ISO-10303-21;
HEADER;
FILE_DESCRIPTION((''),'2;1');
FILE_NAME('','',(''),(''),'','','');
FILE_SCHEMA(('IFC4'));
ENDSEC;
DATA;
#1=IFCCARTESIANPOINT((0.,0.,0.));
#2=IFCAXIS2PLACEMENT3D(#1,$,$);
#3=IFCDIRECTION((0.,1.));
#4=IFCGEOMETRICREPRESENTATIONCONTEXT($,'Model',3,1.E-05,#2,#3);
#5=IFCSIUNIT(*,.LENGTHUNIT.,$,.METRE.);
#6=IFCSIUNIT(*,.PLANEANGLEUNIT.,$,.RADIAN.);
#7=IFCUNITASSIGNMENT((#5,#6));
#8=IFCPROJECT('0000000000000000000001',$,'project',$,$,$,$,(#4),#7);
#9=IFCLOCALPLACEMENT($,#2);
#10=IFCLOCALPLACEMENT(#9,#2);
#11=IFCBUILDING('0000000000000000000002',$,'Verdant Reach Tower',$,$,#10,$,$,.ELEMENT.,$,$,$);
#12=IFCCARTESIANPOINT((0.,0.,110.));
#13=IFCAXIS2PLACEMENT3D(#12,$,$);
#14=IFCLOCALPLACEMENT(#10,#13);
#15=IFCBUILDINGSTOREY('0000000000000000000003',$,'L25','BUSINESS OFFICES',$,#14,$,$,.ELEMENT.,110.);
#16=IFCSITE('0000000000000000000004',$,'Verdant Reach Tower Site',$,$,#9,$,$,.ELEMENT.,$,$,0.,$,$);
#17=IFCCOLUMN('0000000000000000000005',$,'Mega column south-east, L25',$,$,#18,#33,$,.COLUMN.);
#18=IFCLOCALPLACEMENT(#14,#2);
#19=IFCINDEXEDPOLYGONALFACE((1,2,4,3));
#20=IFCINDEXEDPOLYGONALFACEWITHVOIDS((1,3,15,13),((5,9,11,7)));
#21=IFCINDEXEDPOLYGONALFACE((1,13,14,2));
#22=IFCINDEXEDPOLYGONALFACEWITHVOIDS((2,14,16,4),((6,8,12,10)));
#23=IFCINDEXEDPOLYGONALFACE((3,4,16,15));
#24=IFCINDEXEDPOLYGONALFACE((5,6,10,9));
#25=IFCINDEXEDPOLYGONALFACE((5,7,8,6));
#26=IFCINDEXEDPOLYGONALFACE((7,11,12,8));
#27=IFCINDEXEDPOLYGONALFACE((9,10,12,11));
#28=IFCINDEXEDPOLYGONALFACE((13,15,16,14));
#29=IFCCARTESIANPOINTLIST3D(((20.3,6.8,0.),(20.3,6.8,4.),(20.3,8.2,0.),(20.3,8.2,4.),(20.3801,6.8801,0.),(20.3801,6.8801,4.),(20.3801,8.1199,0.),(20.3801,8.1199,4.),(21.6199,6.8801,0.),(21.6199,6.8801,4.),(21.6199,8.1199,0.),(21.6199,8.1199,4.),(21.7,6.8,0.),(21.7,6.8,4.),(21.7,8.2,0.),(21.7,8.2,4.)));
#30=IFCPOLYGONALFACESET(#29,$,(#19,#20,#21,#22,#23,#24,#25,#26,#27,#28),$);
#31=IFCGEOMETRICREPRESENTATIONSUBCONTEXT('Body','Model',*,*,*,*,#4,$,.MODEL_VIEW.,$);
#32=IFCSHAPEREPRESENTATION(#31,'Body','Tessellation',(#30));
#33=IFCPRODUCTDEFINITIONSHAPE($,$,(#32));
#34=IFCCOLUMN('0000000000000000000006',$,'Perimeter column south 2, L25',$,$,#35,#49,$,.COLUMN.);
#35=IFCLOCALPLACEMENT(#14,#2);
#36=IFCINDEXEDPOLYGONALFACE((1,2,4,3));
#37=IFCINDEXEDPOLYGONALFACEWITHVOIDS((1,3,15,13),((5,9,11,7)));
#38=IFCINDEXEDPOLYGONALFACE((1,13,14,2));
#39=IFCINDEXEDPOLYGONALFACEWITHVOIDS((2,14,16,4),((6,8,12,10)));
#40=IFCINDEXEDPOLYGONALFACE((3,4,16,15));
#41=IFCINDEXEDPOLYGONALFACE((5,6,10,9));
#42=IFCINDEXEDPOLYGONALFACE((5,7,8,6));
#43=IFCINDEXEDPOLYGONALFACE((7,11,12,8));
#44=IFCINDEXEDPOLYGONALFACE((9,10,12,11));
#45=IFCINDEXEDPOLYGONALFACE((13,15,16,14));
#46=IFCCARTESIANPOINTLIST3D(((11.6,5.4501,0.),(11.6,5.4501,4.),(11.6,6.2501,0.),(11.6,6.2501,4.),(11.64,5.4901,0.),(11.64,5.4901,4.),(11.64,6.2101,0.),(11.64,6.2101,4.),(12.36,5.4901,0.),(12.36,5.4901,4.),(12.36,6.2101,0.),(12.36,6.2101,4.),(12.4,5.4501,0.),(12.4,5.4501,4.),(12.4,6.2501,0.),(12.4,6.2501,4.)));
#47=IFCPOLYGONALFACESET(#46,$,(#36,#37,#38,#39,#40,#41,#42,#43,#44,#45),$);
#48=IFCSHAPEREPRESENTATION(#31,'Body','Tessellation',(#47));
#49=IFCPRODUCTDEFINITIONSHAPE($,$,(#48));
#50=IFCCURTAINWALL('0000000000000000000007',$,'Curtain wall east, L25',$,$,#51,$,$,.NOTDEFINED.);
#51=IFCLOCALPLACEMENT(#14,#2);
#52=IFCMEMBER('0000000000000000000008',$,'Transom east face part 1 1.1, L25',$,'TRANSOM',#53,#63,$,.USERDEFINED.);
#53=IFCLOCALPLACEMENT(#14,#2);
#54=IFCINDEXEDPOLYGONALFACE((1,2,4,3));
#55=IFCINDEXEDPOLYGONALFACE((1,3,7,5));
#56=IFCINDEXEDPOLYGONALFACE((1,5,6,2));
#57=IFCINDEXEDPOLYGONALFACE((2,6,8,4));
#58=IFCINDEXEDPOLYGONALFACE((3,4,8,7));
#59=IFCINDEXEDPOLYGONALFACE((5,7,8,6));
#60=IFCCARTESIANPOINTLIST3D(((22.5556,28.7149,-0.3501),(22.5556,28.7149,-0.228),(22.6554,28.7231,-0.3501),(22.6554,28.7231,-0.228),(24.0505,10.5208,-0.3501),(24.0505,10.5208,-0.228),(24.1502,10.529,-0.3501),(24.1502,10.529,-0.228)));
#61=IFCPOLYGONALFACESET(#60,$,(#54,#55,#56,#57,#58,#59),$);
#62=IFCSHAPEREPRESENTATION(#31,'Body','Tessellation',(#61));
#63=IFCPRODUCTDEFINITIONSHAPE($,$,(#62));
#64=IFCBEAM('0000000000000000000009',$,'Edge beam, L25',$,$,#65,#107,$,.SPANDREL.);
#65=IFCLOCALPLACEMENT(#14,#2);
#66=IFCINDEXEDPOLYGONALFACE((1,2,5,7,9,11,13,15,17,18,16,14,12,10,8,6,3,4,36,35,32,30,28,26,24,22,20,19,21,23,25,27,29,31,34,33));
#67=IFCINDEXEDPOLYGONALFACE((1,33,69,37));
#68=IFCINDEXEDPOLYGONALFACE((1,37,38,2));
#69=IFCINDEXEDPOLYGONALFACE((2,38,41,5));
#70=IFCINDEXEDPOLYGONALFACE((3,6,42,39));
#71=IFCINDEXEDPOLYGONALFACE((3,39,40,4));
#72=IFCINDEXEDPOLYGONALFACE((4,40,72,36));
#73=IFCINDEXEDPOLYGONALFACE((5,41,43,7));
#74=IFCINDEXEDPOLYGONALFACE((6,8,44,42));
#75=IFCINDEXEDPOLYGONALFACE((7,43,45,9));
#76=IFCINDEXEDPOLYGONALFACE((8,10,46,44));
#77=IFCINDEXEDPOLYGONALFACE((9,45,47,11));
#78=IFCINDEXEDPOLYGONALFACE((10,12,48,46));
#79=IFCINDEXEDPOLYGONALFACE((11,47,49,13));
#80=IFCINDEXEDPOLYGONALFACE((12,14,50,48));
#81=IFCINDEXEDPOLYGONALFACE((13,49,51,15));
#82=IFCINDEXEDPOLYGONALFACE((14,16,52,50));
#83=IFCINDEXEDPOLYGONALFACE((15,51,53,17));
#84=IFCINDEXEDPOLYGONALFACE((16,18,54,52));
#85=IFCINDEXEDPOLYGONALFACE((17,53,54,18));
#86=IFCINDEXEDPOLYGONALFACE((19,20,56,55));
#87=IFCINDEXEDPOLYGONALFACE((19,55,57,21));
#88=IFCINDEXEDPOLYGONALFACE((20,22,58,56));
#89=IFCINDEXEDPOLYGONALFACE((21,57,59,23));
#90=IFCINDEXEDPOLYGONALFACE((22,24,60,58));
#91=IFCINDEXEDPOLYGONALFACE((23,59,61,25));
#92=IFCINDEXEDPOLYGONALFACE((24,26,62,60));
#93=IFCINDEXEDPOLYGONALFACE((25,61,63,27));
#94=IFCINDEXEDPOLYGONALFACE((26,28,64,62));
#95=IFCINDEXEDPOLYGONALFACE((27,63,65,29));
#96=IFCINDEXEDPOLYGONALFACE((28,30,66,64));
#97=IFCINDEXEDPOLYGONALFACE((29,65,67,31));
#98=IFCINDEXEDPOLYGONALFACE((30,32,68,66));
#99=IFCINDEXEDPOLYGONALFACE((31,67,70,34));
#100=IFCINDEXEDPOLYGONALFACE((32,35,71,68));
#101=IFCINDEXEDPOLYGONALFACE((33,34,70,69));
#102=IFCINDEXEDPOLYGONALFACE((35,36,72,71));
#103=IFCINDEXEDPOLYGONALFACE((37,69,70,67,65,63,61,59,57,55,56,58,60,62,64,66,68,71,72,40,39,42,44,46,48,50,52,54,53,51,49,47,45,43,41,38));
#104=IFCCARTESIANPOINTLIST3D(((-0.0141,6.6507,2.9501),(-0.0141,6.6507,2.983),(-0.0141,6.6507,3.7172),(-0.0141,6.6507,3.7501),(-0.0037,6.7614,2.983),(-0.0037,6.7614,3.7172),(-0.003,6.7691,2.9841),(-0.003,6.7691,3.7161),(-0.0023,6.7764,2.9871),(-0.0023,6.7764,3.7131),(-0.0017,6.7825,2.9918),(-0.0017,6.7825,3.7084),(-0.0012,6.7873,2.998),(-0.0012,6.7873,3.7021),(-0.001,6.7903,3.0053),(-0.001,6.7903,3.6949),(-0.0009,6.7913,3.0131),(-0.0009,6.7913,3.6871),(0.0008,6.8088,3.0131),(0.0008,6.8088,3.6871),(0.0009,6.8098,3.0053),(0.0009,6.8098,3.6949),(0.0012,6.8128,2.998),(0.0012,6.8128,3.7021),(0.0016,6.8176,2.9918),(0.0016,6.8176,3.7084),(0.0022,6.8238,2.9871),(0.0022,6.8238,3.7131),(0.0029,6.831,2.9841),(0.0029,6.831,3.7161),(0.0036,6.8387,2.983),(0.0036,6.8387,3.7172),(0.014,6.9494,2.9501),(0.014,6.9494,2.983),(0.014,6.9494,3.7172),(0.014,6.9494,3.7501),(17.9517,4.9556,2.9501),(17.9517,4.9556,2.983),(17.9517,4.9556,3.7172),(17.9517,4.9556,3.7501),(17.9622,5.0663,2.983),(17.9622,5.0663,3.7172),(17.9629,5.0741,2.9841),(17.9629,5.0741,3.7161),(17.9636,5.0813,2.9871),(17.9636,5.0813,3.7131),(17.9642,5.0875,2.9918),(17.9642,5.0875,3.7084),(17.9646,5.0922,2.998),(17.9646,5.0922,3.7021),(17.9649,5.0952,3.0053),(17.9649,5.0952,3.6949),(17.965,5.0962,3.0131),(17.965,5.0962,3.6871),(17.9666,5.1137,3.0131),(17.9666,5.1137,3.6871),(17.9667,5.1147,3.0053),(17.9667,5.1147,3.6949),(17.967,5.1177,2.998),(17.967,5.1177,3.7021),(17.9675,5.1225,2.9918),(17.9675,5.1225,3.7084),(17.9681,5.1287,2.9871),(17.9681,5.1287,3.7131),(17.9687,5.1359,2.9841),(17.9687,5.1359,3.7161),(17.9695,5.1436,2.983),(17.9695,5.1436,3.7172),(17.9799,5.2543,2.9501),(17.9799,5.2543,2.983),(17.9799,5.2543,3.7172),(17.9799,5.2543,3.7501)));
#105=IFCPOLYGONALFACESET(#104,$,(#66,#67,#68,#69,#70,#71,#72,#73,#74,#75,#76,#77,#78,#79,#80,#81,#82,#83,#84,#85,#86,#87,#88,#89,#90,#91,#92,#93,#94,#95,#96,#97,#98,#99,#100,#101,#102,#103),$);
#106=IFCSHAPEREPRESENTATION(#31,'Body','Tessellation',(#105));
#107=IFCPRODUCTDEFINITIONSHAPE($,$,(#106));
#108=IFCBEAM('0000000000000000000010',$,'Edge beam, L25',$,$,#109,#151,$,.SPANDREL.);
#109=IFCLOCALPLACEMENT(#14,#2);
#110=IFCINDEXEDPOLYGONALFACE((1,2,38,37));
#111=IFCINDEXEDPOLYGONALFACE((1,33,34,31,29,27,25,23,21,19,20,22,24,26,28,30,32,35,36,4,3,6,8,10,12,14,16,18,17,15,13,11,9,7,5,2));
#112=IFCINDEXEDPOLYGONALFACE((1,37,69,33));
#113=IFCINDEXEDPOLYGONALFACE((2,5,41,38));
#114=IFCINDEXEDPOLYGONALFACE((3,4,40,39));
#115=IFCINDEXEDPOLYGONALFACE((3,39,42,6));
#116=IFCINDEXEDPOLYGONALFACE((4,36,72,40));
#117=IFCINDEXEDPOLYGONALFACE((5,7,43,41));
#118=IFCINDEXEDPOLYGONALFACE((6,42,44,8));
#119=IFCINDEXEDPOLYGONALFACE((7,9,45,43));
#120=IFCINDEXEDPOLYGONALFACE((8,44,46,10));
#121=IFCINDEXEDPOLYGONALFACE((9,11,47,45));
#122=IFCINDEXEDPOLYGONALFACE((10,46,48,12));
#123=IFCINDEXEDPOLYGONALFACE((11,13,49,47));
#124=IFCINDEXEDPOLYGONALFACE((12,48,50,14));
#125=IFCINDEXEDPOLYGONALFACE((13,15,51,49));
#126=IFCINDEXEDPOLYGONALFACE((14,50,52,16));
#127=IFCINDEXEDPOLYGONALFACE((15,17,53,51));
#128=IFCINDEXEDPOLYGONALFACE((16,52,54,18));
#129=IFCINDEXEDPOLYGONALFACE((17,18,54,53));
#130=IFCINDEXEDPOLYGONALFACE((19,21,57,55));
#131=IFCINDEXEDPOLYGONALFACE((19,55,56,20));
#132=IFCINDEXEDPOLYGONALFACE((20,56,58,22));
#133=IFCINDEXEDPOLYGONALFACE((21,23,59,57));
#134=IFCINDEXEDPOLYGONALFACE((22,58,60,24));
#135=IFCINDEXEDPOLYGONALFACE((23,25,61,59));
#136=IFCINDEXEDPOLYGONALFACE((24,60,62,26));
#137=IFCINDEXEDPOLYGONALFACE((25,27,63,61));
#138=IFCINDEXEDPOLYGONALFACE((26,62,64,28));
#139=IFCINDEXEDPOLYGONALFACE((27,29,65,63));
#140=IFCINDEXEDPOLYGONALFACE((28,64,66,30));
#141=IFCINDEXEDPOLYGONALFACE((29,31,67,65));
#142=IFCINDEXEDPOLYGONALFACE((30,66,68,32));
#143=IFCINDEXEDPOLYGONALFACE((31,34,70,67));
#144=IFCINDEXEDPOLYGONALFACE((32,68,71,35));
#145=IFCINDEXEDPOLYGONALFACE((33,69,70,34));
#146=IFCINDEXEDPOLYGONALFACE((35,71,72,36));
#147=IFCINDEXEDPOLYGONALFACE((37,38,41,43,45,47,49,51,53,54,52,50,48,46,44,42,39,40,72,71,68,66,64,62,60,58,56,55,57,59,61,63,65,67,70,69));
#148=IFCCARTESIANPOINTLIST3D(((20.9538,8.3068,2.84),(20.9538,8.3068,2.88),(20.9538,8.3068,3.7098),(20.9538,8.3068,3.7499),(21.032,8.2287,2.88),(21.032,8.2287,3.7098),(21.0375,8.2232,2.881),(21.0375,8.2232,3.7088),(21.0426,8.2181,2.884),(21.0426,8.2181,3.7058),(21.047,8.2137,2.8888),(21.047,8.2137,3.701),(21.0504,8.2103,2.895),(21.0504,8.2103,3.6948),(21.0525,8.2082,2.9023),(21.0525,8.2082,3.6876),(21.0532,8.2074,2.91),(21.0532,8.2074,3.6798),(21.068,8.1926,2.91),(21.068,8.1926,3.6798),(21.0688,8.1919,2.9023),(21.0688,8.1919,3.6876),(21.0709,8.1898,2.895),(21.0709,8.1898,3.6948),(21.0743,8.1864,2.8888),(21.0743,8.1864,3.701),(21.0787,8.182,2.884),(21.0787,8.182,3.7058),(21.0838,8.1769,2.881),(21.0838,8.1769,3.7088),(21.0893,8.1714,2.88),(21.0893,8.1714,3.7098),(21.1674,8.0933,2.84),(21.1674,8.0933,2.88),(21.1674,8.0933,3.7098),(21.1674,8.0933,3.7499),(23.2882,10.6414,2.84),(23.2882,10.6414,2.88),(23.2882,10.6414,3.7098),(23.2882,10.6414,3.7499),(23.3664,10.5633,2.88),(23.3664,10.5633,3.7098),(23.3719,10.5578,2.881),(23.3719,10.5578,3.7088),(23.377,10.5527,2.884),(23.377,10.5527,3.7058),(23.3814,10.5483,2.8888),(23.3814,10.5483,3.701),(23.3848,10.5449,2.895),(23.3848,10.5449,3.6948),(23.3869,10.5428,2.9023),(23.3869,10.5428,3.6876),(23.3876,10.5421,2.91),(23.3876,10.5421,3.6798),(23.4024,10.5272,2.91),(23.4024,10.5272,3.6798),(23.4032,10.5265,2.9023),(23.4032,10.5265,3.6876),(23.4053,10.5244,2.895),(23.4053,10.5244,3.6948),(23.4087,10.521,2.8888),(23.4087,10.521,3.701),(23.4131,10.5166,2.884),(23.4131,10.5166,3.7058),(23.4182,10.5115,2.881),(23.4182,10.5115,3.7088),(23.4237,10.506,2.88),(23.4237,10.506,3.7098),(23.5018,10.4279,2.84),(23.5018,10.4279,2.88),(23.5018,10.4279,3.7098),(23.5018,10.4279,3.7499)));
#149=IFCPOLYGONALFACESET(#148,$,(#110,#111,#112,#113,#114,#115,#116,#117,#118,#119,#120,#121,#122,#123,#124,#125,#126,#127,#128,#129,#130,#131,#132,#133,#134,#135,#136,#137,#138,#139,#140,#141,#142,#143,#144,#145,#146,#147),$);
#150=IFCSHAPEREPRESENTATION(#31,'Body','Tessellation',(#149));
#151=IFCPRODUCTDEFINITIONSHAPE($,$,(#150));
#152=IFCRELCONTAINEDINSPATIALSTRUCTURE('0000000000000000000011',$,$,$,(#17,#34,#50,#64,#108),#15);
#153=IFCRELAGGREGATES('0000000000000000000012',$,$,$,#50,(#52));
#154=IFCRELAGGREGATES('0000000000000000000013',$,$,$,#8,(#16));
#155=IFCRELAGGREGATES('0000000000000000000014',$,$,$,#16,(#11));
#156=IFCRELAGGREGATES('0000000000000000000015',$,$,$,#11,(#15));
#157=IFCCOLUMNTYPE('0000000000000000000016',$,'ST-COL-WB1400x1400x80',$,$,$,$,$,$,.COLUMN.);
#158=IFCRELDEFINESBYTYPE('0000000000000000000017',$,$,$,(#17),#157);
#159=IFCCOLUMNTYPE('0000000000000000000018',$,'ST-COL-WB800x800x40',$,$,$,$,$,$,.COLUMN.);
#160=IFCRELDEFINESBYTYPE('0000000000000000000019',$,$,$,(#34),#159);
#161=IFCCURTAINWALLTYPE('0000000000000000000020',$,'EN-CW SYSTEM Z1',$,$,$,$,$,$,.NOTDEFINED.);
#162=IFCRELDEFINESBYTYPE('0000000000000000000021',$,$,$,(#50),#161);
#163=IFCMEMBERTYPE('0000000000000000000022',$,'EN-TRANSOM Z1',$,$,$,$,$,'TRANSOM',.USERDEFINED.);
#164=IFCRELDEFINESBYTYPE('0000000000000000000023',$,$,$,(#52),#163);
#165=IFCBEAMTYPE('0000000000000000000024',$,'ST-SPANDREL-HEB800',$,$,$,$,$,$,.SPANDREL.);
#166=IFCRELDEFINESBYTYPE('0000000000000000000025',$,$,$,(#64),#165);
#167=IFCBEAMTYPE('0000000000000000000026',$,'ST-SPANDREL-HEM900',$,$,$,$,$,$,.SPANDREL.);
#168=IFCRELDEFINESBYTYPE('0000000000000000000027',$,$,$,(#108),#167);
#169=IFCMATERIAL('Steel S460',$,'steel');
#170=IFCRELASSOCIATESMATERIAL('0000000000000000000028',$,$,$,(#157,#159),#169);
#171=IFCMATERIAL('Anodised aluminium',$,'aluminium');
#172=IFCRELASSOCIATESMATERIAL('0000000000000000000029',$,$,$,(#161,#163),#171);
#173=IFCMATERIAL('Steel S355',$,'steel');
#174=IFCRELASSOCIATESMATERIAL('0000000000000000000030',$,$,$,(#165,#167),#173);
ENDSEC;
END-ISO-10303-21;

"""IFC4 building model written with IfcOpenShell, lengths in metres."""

from ifc_helpers import new_model, si_unit, direction, frame, origin, origin_2d, place, context, subcontext, project, spatial, rectangle, hollow_rectangle, i_section, extrude, material, material_profile, profile_set, type_object, element, aggregate, save


model = new_model("IFC4")

# Units and contexts
model_context = context("Model", 3, precision=1e-05, world=origin(), true_north=direction((0.0, 1.0)))
body_context = subcontext(model_context, "Body", "Model", "MODEL_VIEW")
ifc_project = project(units=[si_unit("LENGTHUNIT", "METRE"), si_unit("PLANEANGLEUNIT", "RADIAN")], contexts=[model_context])

# Site, building, storey
site_placement = place(None, origin())
site = spatial("IfcSite", under=ifc_project, at=site_placement, Name="Verdant Reach Tower Site", CompositionType="ELEMENT", RefElevation=0.0)
building_placement = place(site_placement, origin())
building = spatial("IfcBuilding", under=site, at=building_placement, Name="Verdant Reach Tower", CompositionType="ELEMENT")
storey_placement = place(building_placement, frame((0.0, 0.0, 110.0)))
storey = spatial("IfcBuildingStorey", under=building, at=storey_placement, Name="L25", Description="BUSINESS OFFICES", CompositionType="ELEMENT", Elevation=110.0)

# Columns
ifc_material_1 = material(Name="Steel S460", Category="steel")
ifc_material_profile_1 = material_profile(ifc_material_1, hollow_rectangle(XDim=1.3999, YDim=1.3999, WallThickness=0.0801, at=origin_2d()), Name="WB 1400x1400x80")
ifc_profile_set_1 = profile_set([ifc_material_profile_1], Name="Steel S460")
column_type_1 = type_object("IfcColumnType", Name="ST-COL-WB1400x1400x80", PredefinedType="COLUMN", material=ifc_profile_set_1)
column_1_placement = place(storey_placement, frame((21.0, 7.5, 0.0), z_axis=(0.0, 0.0, 1.0), x_axis=(1.0, 0.0, 0.0)))
element("IfcColumn", 1, at=column_1_placement, inside=storey, type_object=column_type_1, Name="Mega column south-east, L25", PredefinedType="COLUMN", context=body_context, shape_type="SweptSolid", body=[
    extrude(hollow_rectangle(XDim=1.3999, YDim=1.3999, WallThickness=0.0801, at=origin_2d()), origin(), (0.0, 0.0, 1.0), 4.0),
])
ifc_material_profile_2 = material_profile(ifc_material_1, hollow_rectangle(XDim=0.8, YDim=0.8, WallThickness=0.04, at=origin_2d()), Name="WB 800x800x40")
ifc_profile_set_2 = profile_set([ifc_material_profile_2], Name="Steel S460")
column_type_2 = type_object("IfcColumnType", Name="ST-COL-WB800x800x40", PredefinedType="COLUMN", material=ifc_profile_set_2)
column_2_placement = place(storey_placement, frame((12.0, 5.8501, 0.0), z_axis=(0.0, 0.0, 1.0), x_axis=(1.0, 0.0, 0.0)))
element("IfcColumn", 2, at=column_2_placement, inside=storey, type_object=column_type_2, Name="Perimeter column south 2, L25", PredefinedType="COLUMN", context=body_context, shape_type="SweptSolid", body=[
    extrude(hollow_rectangle(XDim=0.8, YDim=0.8, WallThickness=0.04, at=origin_2d()), origin(), (0.0, 0.0, 1.0), 4.0),
])

# Curtain wall, member
ifc_material_2 = material(Name="Anodised aluminium", Category="aluminium")
curtain_wall_type = type_object("IfcCurtainWallType", Name="EN-CW SYSTEM Z1", PredefinedType="NOTDEFINED", material=ifc_material_2)
curtain_wall_1_placement = place(storey_placement, origin())
curtain_wall_1 = element("IfcCurtainWall", 3, at=curtain_wall_1_placement, inside=storey, type_object=curtain_wall_type, Name="Curtain wall east, L25", PredefinedType="NOTDEFINED")
ifc_material_profile_3 = material_profile(ifc_material_2, rectangle(XDim=0.1001, YDim=0.1221, at=origin_2d()), Name="Transom 122x100")
ifc_profile_set_3 = profile_set([ifc_material_profile_3], Name="Anodised aluminium")
member_type = type_object("IfcMemberType", Name="EN-TRANSOM Z1", ElementType="TRANSOM", PredefinedType="USERDEFINED", material=ifc_profile_set_3)
member_placement = place(storey_placement, frame((24.1003, 10.5249, -0.2891), z_axis=(-0.081887, 0.996642, 0.0), x_axis=(-0.996642, -0.081887, 0.0)))
member = element("IfcMember", 4, at=member_placement, type_object=member_type, Name="Transom east face part 1 1.1, L25", ObjectType="TRANSOM", PredefinedType="USERDEFINED", context=body_context, shape_type="SweptSolid", body=[
    extrude(rectangle(XDim=0.1001, YDim=0.1221, at=origin_2d()), origin(), (0.0, 0.0, 1.0), 18.2554),
])

# Beams
ifc_material_3 = material(Name="Steel S355", Category="steel")
ifc_material_profile_4 = material_profile(ifc_material_3, i_section(OverallWidth=0.3, OverallDepth=0.8, WebThickness=0.0176, FlangeThickness=0.033, FilletRadius=0.03, at=origin_2d()), Name="HEB 800")
ifc_profile_set_4 = profile_set([ifc_material_profile_4], Name="Steel S355")
beam_type_1 = type_object("IfcBeamType", Name="ST-SPANDREL-HEB800", PredefinedType="SPANDREL", material=ifc_profile_set_4)
beam_1_placement = place(storey_placement, frame((17.9658, 5.105, 3.3501), z_axis=(-0.995579, 0.093932, 0.0), x_axis=(-0.093932, -0.995579, 0.0)))
element("IfcBeam", 5, at=beam_1_placement, inside=storey, type_object=beam_type_1, Name="Edge beam, L25", PredefinedType="SPANDREL", context=body_context, shape_type="SweptSolid", body=[
    extrude(i_section(OverallWidth=0.3, OverallDepth=0.8, WebThickness=0.0176, FlangeThickness=0.033, FilletRadius=0.03, at=origin_2d()), origin(), (0.0, 0.0, 1.0), 18.0457),
])
ifc_material_profile_5 = material_profile(ifc_material_3, i_section(OverallWidth=0.302, OverallDepth=0.9099, WebThickness=0.021, FlangeThickness=0.04, FilletRadius=0.03, at=origin_2d()), Name="HEM 900")
ifc_profile_set_5 = profile_set([ifc_material_profile_5], Name="Steel S355")
beam_type_2 = type_object("IfcBeamType", Name="ST-SPANDREL-HEM900", PredefinedType="SPANDREL", material=ifc_profile_set_5)
beam_2_placement = place(storey_placement, frame((23.395, 10.5347, 3.2949), z_axis=(-0.70707, -0.707144, 0.0), x_axis=(0.707144, -0.70707, 0.0)))
element("IfcBeam", 6, at=beam_2_placement, inside=storey, type_object=beam_type_2, Name="Edge beam, L25", PredefinedType="SPANDREL", context=body_context, shape_type="SweptSolid", body=[
    extrude(i_section(OverallWidth=0.302, OverallDepth=0.9099, WebThickness=0.021, FlangeThickness=0.04, FilletRadius=0.03, at=origin_2d()), origin(), (0.0, 0.0, 1.0), 3.3015),
])

aggregate(curtain_wall_1, [member])

save(model, "model.ifc")
